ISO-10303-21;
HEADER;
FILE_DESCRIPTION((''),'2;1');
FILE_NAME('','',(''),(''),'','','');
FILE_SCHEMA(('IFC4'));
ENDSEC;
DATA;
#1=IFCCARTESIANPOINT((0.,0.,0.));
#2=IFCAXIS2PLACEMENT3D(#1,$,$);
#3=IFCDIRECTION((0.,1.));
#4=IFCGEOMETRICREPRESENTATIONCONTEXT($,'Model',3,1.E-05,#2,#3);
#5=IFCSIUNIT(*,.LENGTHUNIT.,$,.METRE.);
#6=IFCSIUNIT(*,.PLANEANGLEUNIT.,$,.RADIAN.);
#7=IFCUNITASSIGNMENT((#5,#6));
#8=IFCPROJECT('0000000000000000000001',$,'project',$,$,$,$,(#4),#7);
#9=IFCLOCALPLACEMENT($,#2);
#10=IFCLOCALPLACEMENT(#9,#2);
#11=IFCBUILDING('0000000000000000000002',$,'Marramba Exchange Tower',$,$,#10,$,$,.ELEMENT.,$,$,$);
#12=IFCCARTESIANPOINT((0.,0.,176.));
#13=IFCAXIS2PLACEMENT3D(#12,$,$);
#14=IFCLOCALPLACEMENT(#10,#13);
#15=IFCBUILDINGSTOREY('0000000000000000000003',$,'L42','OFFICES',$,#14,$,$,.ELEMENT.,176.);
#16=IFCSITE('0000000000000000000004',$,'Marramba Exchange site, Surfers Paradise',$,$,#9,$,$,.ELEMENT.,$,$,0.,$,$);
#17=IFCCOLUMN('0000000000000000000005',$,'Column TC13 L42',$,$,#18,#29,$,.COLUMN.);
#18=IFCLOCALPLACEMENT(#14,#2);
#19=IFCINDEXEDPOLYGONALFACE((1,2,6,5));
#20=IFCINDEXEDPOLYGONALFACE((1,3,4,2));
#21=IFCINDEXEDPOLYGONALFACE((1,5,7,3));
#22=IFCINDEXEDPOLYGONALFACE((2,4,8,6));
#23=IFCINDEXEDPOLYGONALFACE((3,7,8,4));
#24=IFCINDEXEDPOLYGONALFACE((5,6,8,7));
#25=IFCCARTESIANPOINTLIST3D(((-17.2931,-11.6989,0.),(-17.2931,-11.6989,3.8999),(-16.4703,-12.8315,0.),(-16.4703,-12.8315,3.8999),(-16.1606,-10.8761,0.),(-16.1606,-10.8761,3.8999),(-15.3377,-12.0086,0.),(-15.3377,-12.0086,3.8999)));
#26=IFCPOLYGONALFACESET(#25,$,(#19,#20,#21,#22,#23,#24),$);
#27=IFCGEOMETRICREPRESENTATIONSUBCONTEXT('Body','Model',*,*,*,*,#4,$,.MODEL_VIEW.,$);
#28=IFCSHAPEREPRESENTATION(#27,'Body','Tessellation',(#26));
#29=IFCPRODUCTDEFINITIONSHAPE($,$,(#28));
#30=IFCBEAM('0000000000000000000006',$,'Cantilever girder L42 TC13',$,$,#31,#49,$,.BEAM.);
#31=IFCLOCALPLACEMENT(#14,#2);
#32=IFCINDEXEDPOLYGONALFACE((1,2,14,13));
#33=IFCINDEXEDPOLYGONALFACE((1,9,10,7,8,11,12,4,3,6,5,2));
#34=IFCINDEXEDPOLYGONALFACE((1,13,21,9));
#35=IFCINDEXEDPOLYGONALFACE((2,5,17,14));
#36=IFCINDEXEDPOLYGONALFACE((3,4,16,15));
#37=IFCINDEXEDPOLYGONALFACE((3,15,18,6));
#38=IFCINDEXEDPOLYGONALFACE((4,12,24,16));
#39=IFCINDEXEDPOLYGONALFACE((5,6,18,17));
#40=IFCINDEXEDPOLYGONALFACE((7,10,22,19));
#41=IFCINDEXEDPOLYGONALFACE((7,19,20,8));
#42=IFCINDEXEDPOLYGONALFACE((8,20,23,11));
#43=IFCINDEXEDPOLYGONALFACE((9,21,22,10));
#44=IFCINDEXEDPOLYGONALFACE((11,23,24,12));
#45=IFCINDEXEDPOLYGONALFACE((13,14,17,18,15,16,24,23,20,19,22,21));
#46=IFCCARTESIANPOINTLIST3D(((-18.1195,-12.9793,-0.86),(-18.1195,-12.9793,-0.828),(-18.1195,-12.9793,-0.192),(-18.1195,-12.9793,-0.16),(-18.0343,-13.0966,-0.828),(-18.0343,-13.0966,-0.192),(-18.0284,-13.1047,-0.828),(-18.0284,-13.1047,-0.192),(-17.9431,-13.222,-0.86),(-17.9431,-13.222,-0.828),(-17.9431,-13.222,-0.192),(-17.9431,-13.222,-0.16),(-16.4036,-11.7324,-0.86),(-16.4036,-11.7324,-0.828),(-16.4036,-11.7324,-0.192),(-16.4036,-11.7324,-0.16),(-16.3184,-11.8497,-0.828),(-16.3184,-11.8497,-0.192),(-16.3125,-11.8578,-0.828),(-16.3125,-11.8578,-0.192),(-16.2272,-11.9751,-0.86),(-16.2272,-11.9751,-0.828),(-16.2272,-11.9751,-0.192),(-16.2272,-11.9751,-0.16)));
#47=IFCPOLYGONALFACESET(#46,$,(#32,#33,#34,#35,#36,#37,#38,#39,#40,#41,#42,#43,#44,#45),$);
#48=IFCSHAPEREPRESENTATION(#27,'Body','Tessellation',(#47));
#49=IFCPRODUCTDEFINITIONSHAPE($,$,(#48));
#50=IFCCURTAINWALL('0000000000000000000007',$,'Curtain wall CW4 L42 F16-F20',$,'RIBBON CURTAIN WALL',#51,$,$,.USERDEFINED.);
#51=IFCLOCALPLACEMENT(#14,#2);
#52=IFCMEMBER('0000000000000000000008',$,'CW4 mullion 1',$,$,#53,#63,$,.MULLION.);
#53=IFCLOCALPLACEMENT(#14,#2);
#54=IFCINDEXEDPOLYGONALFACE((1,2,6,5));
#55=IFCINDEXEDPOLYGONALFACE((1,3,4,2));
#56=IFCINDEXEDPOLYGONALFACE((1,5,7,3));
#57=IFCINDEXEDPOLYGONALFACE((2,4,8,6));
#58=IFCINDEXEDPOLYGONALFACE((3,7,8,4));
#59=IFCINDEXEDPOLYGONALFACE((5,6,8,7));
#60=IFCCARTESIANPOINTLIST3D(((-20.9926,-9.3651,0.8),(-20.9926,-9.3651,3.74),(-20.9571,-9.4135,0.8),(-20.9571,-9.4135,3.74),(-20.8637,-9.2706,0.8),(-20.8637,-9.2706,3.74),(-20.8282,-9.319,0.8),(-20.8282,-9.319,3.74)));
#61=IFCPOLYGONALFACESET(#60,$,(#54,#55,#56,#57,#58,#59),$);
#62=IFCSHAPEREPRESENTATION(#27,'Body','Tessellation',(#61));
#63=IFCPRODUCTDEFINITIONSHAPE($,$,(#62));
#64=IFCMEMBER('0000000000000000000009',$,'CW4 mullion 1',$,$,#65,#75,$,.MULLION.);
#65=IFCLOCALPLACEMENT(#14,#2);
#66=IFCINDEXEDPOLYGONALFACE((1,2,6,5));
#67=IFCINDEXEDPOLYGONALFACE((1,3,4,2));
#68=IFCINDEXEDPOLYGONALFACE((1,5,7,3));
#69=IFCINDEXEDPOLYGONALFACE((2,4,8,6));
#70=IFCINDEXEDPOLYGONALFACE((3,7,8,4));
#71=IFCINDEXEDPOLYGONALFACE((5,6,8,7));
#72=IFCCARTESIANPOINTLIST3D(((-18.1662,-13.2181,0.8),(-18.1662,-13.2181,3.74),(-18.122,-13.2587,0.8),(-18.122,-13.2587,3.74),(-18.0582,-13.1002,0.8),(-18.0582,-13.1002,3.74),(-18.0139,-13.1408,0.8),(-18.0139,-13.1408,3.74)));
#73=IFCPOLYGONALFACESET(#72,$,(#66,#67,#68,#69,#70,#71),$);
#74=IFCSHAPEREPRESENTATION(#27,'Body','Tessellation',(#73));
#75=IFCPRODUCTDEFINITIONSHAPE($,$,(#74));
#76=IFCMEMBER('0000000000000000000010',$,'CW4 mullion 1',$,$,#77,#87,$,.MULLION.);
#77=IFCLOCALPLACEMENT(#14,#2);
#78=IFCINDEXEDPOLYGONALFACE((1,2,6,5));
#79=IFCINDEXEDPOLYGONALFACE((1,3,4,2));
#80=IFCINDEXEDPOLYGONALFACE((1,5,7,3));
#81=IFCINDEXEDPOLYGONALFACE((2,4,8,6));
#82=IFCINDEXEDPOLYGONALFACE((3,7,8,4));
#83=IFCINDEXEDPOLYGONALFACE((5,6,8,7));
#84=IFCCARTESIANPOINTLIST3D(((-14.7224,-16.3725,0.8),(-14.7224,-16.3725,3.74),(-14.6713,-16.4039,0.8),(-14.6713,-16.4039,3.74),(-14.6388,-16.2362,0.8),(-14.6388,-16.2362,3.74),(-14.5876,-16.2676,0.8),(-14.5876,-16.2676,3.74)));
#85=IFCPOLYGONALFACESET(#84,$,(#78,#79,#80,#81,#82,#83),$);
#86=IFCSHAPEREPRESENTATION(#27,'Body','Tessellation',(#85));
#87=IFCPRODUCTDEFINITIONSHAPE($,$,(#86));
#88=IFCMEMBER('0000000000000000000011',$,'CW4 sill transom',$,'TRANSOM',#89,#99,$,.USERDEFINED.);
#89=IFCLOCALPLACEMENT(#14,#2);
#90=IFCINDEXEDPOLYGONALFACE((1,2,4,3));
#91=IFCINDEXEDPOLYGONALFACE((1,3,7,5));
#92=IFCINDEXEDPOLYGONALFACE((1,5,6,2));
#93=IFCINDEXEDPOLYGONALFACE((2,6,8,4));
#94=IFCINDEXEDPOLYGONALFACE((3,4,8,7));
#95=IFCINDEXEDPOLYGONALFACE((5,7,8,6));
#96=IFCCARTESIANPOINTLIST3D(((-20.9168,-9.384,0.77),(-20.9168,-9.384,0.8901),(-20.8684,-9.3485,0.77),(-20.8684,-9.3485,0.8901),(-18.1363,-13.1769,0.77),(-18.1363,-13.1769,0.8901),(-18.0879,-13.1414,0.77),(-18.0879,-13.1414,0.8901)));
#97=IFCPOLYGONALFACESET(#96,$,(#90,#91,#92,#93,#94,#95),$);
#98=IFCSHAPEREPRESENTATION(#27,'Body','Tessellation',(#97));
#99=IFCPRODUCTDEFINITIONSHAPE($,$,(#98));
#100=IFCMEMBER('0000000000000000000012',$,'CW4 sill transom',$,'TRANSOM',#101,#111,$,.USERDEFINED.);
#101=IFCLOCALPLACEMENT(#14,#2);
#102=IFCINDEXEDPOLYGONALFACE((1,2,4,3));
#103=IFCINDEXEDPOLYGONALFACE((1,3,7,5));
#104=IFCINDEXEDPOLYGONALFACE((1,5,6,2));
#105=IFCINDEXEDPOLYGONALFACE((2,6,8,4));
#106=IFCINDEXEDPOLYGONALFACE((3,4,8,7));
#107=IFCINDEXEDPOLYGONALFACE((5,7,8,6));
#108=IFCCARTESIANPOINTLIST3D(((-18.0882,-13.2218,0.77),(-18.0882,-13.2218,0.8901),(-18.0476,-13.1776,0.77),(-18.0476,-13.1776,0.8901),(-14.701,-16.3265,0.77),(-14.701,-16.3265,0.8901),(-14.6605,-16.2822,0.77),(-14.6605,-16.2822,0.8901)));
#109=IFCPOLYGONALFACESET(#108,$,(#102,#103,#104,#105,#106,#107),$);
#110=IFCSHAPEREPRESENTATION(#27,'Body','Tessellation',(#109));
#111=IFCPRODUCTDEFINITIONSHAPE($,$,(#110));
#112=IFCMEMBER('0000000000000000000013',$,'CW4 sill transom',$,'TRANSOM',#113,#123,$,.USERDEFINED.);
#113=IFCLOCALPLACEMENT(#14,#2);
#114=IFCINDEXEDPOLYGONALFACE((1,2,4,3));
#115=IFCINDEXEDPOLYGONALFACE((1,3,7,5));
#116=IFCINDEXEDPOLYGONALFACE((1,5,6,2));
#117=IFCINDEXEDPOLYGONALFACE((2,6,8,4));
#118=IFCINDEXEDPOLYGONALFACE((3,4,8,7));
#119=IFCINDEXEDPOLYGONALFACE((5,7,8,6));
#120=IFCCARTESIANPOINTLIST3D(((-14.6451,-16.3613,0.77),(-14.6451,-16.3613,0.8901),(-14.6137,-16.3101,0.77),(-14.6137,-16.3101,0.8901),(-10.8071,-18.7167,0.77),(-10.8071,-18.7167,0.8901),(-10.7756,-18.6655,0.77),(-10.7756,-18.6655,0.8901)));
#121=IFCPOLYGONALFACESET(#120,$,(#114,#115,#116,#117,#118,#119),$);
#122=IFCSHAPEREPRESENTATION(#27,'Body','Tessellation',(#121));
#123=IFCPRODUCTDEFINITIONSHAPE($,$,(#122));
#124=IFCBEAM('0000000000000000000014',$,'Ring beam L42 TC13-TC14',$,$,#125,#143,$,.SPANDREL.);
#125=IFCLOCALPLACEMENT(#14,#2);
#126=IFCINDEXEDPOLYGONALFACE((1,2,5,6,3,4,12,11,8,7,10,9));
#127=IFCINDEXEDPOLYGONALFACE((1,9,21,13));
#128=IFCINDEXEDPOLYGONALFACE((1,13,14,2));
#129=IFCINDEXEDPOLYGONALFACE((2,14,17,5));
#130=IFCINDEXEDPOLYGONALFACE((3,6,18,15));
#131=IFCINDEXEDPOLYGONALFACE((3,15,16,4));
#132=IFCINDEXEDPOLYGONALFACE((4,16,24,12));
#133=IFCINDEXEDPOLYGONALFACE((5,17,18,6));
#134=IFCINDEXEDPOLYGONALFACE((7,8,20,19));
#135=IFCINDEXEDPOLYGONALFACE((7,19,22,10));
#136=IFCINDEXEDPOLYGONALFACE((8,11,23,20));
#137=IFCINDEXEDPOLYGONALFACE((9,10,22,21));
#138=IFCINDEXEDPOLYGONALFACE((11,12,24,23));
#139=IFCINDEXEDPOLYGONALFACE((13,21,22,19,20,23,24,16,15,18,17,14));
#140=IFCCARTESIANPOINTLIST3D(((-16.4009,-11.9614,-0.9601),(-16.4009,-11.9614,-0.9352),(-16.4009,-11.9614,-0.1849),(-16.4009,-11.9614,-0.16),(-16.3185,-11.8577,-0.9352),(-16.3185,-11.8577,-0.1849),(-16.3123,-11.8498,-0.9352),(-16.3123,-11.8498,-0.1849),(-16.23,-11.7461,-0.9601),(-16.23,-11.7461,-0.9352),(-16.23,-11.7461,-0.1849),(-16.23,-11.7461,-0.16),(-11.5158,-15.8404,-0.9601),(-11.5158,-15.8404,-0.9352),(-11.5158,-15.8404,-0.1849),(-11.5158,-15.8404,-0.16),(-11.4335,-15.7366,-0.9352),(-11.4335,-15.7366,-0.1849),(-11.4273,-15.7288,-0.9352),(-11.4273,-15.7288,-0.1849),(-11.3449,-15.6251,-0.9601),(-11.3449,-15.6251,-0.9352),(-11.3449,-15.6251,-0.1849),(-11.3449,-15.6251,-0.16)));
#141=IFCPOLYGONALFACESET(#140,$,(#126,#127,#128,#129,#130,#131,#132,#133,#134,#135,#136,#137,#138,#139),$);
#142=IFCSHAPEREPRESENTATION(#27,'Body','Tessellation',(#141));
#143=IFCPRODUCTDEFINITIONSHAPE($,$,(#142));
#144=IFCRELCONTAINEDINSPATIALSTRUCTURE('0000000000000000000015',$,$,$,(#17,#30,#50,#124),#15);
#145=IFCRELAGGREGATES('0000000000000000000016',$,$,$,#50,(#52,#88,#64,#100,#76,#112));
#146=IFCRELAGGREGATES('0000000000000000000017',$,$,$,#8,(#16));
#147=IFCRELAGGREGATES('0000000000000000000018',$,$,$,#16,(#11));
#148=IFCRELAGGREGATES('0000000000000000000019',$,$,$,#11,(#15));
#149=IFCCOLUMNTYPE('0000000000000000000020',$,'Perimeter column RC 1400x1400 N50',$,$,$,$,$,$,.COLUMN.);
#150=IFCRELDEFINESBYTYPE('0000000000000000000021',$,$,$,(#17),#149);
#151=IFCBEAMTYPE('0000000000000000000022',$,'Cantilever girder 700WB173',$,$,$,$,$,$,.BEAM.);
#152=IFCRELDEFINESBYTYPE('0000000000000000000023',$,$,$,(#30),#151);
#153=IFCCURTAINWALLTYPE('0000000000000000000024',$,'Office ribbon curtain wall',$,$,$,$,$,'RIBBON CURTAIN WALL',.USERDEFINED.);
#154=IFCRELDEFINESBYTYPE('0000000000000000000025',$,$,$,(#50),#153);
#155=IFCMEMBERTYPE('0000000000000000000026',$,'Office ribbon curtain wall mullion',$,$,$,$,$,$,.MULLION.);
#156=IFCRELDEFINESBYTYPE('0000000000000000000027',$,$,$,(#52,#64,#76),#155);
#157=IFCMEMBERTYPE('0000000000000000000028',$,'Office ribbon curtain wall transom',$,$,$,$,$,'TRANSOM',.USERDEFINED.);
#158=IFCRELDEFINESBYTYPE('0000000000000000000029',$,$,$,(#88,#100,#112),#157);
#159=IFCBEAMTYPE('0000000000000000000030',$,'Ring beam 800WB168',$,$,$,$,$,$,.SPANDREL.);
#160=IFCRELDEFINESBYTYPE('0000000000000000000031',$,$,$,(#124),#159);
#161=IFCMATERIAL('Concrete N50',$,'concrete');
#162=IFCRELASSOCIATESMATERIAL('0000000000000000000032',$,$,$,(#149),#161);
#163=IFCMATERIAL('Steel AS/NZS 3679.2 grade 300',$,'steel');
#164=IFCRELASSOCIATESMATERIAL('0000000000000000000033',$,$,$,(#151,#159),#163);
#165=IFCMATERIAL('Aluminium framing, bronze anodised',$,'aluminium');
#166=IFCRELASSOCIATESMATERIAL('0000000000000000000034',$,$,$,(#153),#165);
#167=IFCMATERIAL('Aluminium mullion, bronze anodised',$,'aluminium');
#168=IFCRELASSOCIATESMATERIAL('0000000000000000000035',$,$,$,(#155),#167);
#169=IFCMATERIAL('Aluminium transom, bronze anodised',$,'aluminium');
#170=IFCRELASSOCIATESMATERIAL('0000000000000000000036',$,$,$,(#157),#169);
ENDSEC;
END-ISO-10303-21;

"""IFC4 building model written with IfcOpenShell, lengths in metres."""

from ifc_helpers import new_model, si_unit, direction, frame, origin, origin_2d, place, context, subcontext, project, spatial, rectangle, i_section, extrude, material, material_profile, profile_set, type_object, element, aggregate, save


model = new_model("IFC4")

# Units and contexts
model_context = context("Model", 3, precision=1e-05, world=origin(), true_north=direction((0.0, 1.0)))
body_context = subcontext(model_context, "Body", "Model", "MODEL_VIEW")
ifc_project = project(units=[si_unit("LENGTHUNIT", "METRE"), si_unit("PLANEANGLEUNIT", "RADIAN")], contexts=[model_context])

# Site, building, storey
site_placement = place(None, origin())
site = spatial("IfcSite", under=ifc_project, at=site_placement, Name="Marramba Exchange site, Surfers Paradise", CompositionType="ELEMENT", RefElevation=0.0)
building_placement = place(site_placement, origin())
building = spatial("IfcBuilding", under=site, at=building_placement, Name="Marramba Exchange Tower", CompositionType="ELEMENT")
storey_placement = place(building_placement, frame((0.0, 0.0, 176.0)))
storey = spatial("IfcBuildingStorey", under=building, at=storey_placement, Name="L42", Description="OFFICES", CompositionType="ELEMENT", Elevation=176.0)

# Column
ifc_material_1 = material(Name="Concrete N50", Category="concrete")
ifc_material_profile_1 = material_profile(ifc_material_1, rectangle(XDim=1.3999, YDim=1.3999, at=origin_2d()), Name="RC 1400x1400")
ifc_profile_set_1 = profile_set([ifc_material_profile_1], Name="Concrete N50")
column_type = type_object("IfcColumnType", Name="Perimeter column RC 1400x1400 N50", PredefinedType="COLUMN", material=ifc_profile_set_1)
column_placement = place(storey_placement, frame((-16.3154, -11.8538, 0.0), z_axis=(0.0, 0.0, 1.0), x_axis=(-0.809017, -0.587785, 0.0)))
element("IfcColumn", 1, at=column_placement, inside=storey, type_object=column_type, Name="Column TC13 L42", PredefinedType="COLUMN", context=body_context, shape_type="SweptSolid", body=[
    extrude(rectangle(XDim=1.3999, YDim=1.3999, at=origin_2d()), origin(), (0.0, 0.0, 1.0), 3.8999),
])

# Beam
ifc_material_2 = material(Name="Steel AS/NZS 3679.2 grade 300", Category="steel")
ifc_material_profile_2 = material_profile(ifc_material_2, i_section(OverallWidth=0.3, OverallDepth=0.7, WebThickness=0.01, FlangeThickness=0.032, at=origin_2d()), Name="700WB173")
ifc_profile_set_2 = profile_set([ifc_material_profile_2], Name="Steel AS/NZS 3679.2 grade 300")
beam_type_1 = type_object("IfcBeamType", Name="Cantilever girder 700WB173", PredefinedType="BEAM", material=ifc_profile_set_2)
beam_1_placement = place(storey_placement, frame((-16.3154, -11.8538, -0.51), z_axis=(-0.80897, -0.58785, 0.0), x_axis=(0.58785, -0.80897, 0.0)))
element("IfcBeam", 2, at=beam_1_placement, inside=storey, type_object=beam_type_1, Name="Cantilever girder L42 TC13", PredefinedType="BEAM", context=body_context, shape_type="SweptSolid", body=[
    extrude(i_section(OverallWidth=0.3, OverallDepth=0.7, WebThickness=0.01, FlangeThickness=0.032, at=origin_2d()), origin(), (0.0, 0.0, 1.0), 2.1211),
])

# Curtain wall, members
ifc_material_3 = material(Name="Aluminium framing, bronze anodised", Category="aluminium")
curtain_wall_type = type_object("IfcCurtainWallType", Name="Office ribbon curtain wall", ElementType="RIBBON CURTAIN WALL", PredefinedType="USERDEFINED", material=ifc_material_3)
curtain_wall_placement = place(storey_placement, origin())
curtain_wall = element("IfcCurtainWall", 3, at=curtain_wall_placement, inside=storey, type_object=curtain_wall_type, Name="Curtain wall CW4 L42 F16-F20", ObjectType="RIBBON CURTAIN WALL", PredefinedType="USERDEFINED")
ifc_material_4 = material(Name="Aluminium mullion, bronze anodised", Category="aluminium")
ifc_material_profile_3 = material_profile(ifc_material_4, rectangle(XDim=0.1599, YDim=0.0601, at=origin_2d()), Name="CW4 mullion 60x160")
ifc_profile_set_3 = profile_set([ifc_material_profile_3], Name="Aluminium mullion, bronze anodised")
member_type_1 = type_object("IfcMemberType", Name="Office ribbon curtain wall mullion", PredefinedType="MULLION", material=ifc_profile_set_3)
member_1_placement = place(storey_placement, frame((-20.9104, -9.342, 0.8), z_axis=(0.0, 0.0, 1.0), x_axis=(0.806508, 0.591223, 0.0)))
member_1 = element("IfcMember", 4, at=member_1_placement, type_object=member_type_1, Name="CW4 mullion 1", PredefinedType="MULLION", context=body_context, shape_type="SweptSolid", body=[
    extrude(rectangle(XDim=0.1599, YDim=0.0601, at=origin_2d()), origin(), (0.0, 0.0, 1.0), 2.9399),
])
member_2_placement = place(storey_placement, frame((-18.0901, -13.1794, 0.8), z_axis=(0.0, 0.0, 1.0), x_axis=(0.675671, 0.737203, 0.0)))
member_2 = element("IfcMember", 5, at=member_2_placement, type_object=member_type_1, Name="CW4 mullion 1", PredefinedType="MULLION", context=body_context, shape_type="SweptSolid", body=[
    extrude(rectangle(XDim=0.1599, YDim=0.0601, at=origin_2d()), origin(), (0.0, 0.0, 1.0), 2.9399),
])
member_3_placement = place(storey_placement, frame((-14.655, -16.3201, 0.8), z_axis=(0.0, 0.0, 1.0), x_axis=(0.523052, 0.852301, 0.0)))
member_3 = element("IfcMember", 6, at=member_3_placement, type_object=member_type_1, Name="CW4 mullion 1", PredefinedType="MULLION", context=body_context, shape_type="SweptSolid", body=[
    extrude(rectangle(XDim=0.1599, YDim=0.0601, at=origin_2d()), origin(), (0.0, 0.0, 1.0), 2.9399),
])
ifc_material_5 = material(Name="Aluminium transom, bronze anodised", Category="aluminium")
ifc_material_profile_4 = material_profile(ifc_material_5, rectangle(XDim=0.0601, YDim=0.1201, at=origin_2d()), Name="CW4 transom 60x120")
ifc_profile_set_4 = profile_set([ifc_material_profile_4], Name="Aluminium transom, bronze anodised")
member_type_2 = type_object("IfcMemberType", Name="Office ribbon curtain wall transom", ElementType="TRANSOM", PredefinedType="USERDEFINED", material=ifc_profile_set_4)
member_4_placement = place(storey_placement, frame((-20.8926, -9.3662, 0.8301), z_axis=(0.591226, -0.806506, 0.0), x_axis=(0.806506, 0.591226, 0.0)))
member_4 = element("IfcMember", 7, at=member_4_placement, type_object=member_type_2, Name="CW4 sill transom", ObjectType="TRANSOM", PredefinedType="USERDEFINED", context=body_context, shape_type="SweptSolid", body=[
    extrude(rectangle(XDim=0.0601, YDim=0.1201, at=origin_2d()), origin(), (0.0, 0.0, 1.0), 4.7029),
])
member_5_placement = place(storey_placement, frame((-18.0679, -13.1997, 0.8301), z_axis=(0.737176, -0.675701, 0.0), x_axis=(0.675701, 0.737176, 0.0)))
member_5 = element("IfcMember", 8, at=member_5_placement, type_object=member_type_2, Name="CW4 sill transom", ObjectType="TRANSOM", PredefinedType="USERDEFINED", context=body_context, shape_type="SweptSolid", body=[
    extrude(rectangle(XDim=0.0601, YDim=0.1201, at=origin_2d()), origin(), (0.0, 0.0, 1.0), 4.5947),
])
member_6_placement = place(storey_placement, frame((-14.6294, -16.3357, 0.8301), z_axis=(0.852298, -0.523056, 0.0), x_axis=(0.523056, 0.852298, 0.0)))
member_6 = element("IfcMember", 9, at=member_6_placement, type_object=member_type_2, Name="CW4 sill transom", ObjectType="TRANSOM", PredefinedType="USERDEFINED", context=body_context, shape_type="SweptSolid", body=[
    extrude(rectangle(XDim=0.0601, YDim=0.1201, at=origin_2d()), origin(), (0.0, 0.0, 1.0), 4.5032),
])

# Beam
ifc_material_profile_5 = material_profile(ifc_material_2, i_section(OverallWidth=0.2749, OverallDepth=0.8, WebThickness=0.01, FlangeThickness=0.0249, at=origin_2d()), Name="800WB168")
ifc_profile_set_5 = profile_set([ifc_material_profile_5], Name="Steel AS/NZS 3679.2 grade 300")
beam_type_2 = type_object("IfcBeamType", Name="Ring beam 800WB168", PredefinedType="SPANDREL", material=ifc_profile_set_5)
beam_2_placement = place(storey_placement, frame((-16.3154, -11.8538, -0.5601), z_axis=(0.783139, -0.621846, 0.0), x_axis=(0.621846, 0.783139, 0.0)))
element("IfcBeam", 10, at=beam_2_placement, inside=storey, type_object=beam_type_2, Name="Ring beam L42 TC13-TC14", PredefinedType="SPANDREL", context=body_context, shape_type="SweptSolid", body=[
    extrude(i_section(OverallWidth=0.2749, OverallDepth=0.8, WebThickness=0.01, FlangeThickness=0.0249, at=origin_2d()), origin(), (0.0, 0.0, 1.0), 6.2378),
])

aggregate(curtain_wall, [member_1, member_4, member_2, member_5, member_3, member_6])

save(model, "model.ifc")
